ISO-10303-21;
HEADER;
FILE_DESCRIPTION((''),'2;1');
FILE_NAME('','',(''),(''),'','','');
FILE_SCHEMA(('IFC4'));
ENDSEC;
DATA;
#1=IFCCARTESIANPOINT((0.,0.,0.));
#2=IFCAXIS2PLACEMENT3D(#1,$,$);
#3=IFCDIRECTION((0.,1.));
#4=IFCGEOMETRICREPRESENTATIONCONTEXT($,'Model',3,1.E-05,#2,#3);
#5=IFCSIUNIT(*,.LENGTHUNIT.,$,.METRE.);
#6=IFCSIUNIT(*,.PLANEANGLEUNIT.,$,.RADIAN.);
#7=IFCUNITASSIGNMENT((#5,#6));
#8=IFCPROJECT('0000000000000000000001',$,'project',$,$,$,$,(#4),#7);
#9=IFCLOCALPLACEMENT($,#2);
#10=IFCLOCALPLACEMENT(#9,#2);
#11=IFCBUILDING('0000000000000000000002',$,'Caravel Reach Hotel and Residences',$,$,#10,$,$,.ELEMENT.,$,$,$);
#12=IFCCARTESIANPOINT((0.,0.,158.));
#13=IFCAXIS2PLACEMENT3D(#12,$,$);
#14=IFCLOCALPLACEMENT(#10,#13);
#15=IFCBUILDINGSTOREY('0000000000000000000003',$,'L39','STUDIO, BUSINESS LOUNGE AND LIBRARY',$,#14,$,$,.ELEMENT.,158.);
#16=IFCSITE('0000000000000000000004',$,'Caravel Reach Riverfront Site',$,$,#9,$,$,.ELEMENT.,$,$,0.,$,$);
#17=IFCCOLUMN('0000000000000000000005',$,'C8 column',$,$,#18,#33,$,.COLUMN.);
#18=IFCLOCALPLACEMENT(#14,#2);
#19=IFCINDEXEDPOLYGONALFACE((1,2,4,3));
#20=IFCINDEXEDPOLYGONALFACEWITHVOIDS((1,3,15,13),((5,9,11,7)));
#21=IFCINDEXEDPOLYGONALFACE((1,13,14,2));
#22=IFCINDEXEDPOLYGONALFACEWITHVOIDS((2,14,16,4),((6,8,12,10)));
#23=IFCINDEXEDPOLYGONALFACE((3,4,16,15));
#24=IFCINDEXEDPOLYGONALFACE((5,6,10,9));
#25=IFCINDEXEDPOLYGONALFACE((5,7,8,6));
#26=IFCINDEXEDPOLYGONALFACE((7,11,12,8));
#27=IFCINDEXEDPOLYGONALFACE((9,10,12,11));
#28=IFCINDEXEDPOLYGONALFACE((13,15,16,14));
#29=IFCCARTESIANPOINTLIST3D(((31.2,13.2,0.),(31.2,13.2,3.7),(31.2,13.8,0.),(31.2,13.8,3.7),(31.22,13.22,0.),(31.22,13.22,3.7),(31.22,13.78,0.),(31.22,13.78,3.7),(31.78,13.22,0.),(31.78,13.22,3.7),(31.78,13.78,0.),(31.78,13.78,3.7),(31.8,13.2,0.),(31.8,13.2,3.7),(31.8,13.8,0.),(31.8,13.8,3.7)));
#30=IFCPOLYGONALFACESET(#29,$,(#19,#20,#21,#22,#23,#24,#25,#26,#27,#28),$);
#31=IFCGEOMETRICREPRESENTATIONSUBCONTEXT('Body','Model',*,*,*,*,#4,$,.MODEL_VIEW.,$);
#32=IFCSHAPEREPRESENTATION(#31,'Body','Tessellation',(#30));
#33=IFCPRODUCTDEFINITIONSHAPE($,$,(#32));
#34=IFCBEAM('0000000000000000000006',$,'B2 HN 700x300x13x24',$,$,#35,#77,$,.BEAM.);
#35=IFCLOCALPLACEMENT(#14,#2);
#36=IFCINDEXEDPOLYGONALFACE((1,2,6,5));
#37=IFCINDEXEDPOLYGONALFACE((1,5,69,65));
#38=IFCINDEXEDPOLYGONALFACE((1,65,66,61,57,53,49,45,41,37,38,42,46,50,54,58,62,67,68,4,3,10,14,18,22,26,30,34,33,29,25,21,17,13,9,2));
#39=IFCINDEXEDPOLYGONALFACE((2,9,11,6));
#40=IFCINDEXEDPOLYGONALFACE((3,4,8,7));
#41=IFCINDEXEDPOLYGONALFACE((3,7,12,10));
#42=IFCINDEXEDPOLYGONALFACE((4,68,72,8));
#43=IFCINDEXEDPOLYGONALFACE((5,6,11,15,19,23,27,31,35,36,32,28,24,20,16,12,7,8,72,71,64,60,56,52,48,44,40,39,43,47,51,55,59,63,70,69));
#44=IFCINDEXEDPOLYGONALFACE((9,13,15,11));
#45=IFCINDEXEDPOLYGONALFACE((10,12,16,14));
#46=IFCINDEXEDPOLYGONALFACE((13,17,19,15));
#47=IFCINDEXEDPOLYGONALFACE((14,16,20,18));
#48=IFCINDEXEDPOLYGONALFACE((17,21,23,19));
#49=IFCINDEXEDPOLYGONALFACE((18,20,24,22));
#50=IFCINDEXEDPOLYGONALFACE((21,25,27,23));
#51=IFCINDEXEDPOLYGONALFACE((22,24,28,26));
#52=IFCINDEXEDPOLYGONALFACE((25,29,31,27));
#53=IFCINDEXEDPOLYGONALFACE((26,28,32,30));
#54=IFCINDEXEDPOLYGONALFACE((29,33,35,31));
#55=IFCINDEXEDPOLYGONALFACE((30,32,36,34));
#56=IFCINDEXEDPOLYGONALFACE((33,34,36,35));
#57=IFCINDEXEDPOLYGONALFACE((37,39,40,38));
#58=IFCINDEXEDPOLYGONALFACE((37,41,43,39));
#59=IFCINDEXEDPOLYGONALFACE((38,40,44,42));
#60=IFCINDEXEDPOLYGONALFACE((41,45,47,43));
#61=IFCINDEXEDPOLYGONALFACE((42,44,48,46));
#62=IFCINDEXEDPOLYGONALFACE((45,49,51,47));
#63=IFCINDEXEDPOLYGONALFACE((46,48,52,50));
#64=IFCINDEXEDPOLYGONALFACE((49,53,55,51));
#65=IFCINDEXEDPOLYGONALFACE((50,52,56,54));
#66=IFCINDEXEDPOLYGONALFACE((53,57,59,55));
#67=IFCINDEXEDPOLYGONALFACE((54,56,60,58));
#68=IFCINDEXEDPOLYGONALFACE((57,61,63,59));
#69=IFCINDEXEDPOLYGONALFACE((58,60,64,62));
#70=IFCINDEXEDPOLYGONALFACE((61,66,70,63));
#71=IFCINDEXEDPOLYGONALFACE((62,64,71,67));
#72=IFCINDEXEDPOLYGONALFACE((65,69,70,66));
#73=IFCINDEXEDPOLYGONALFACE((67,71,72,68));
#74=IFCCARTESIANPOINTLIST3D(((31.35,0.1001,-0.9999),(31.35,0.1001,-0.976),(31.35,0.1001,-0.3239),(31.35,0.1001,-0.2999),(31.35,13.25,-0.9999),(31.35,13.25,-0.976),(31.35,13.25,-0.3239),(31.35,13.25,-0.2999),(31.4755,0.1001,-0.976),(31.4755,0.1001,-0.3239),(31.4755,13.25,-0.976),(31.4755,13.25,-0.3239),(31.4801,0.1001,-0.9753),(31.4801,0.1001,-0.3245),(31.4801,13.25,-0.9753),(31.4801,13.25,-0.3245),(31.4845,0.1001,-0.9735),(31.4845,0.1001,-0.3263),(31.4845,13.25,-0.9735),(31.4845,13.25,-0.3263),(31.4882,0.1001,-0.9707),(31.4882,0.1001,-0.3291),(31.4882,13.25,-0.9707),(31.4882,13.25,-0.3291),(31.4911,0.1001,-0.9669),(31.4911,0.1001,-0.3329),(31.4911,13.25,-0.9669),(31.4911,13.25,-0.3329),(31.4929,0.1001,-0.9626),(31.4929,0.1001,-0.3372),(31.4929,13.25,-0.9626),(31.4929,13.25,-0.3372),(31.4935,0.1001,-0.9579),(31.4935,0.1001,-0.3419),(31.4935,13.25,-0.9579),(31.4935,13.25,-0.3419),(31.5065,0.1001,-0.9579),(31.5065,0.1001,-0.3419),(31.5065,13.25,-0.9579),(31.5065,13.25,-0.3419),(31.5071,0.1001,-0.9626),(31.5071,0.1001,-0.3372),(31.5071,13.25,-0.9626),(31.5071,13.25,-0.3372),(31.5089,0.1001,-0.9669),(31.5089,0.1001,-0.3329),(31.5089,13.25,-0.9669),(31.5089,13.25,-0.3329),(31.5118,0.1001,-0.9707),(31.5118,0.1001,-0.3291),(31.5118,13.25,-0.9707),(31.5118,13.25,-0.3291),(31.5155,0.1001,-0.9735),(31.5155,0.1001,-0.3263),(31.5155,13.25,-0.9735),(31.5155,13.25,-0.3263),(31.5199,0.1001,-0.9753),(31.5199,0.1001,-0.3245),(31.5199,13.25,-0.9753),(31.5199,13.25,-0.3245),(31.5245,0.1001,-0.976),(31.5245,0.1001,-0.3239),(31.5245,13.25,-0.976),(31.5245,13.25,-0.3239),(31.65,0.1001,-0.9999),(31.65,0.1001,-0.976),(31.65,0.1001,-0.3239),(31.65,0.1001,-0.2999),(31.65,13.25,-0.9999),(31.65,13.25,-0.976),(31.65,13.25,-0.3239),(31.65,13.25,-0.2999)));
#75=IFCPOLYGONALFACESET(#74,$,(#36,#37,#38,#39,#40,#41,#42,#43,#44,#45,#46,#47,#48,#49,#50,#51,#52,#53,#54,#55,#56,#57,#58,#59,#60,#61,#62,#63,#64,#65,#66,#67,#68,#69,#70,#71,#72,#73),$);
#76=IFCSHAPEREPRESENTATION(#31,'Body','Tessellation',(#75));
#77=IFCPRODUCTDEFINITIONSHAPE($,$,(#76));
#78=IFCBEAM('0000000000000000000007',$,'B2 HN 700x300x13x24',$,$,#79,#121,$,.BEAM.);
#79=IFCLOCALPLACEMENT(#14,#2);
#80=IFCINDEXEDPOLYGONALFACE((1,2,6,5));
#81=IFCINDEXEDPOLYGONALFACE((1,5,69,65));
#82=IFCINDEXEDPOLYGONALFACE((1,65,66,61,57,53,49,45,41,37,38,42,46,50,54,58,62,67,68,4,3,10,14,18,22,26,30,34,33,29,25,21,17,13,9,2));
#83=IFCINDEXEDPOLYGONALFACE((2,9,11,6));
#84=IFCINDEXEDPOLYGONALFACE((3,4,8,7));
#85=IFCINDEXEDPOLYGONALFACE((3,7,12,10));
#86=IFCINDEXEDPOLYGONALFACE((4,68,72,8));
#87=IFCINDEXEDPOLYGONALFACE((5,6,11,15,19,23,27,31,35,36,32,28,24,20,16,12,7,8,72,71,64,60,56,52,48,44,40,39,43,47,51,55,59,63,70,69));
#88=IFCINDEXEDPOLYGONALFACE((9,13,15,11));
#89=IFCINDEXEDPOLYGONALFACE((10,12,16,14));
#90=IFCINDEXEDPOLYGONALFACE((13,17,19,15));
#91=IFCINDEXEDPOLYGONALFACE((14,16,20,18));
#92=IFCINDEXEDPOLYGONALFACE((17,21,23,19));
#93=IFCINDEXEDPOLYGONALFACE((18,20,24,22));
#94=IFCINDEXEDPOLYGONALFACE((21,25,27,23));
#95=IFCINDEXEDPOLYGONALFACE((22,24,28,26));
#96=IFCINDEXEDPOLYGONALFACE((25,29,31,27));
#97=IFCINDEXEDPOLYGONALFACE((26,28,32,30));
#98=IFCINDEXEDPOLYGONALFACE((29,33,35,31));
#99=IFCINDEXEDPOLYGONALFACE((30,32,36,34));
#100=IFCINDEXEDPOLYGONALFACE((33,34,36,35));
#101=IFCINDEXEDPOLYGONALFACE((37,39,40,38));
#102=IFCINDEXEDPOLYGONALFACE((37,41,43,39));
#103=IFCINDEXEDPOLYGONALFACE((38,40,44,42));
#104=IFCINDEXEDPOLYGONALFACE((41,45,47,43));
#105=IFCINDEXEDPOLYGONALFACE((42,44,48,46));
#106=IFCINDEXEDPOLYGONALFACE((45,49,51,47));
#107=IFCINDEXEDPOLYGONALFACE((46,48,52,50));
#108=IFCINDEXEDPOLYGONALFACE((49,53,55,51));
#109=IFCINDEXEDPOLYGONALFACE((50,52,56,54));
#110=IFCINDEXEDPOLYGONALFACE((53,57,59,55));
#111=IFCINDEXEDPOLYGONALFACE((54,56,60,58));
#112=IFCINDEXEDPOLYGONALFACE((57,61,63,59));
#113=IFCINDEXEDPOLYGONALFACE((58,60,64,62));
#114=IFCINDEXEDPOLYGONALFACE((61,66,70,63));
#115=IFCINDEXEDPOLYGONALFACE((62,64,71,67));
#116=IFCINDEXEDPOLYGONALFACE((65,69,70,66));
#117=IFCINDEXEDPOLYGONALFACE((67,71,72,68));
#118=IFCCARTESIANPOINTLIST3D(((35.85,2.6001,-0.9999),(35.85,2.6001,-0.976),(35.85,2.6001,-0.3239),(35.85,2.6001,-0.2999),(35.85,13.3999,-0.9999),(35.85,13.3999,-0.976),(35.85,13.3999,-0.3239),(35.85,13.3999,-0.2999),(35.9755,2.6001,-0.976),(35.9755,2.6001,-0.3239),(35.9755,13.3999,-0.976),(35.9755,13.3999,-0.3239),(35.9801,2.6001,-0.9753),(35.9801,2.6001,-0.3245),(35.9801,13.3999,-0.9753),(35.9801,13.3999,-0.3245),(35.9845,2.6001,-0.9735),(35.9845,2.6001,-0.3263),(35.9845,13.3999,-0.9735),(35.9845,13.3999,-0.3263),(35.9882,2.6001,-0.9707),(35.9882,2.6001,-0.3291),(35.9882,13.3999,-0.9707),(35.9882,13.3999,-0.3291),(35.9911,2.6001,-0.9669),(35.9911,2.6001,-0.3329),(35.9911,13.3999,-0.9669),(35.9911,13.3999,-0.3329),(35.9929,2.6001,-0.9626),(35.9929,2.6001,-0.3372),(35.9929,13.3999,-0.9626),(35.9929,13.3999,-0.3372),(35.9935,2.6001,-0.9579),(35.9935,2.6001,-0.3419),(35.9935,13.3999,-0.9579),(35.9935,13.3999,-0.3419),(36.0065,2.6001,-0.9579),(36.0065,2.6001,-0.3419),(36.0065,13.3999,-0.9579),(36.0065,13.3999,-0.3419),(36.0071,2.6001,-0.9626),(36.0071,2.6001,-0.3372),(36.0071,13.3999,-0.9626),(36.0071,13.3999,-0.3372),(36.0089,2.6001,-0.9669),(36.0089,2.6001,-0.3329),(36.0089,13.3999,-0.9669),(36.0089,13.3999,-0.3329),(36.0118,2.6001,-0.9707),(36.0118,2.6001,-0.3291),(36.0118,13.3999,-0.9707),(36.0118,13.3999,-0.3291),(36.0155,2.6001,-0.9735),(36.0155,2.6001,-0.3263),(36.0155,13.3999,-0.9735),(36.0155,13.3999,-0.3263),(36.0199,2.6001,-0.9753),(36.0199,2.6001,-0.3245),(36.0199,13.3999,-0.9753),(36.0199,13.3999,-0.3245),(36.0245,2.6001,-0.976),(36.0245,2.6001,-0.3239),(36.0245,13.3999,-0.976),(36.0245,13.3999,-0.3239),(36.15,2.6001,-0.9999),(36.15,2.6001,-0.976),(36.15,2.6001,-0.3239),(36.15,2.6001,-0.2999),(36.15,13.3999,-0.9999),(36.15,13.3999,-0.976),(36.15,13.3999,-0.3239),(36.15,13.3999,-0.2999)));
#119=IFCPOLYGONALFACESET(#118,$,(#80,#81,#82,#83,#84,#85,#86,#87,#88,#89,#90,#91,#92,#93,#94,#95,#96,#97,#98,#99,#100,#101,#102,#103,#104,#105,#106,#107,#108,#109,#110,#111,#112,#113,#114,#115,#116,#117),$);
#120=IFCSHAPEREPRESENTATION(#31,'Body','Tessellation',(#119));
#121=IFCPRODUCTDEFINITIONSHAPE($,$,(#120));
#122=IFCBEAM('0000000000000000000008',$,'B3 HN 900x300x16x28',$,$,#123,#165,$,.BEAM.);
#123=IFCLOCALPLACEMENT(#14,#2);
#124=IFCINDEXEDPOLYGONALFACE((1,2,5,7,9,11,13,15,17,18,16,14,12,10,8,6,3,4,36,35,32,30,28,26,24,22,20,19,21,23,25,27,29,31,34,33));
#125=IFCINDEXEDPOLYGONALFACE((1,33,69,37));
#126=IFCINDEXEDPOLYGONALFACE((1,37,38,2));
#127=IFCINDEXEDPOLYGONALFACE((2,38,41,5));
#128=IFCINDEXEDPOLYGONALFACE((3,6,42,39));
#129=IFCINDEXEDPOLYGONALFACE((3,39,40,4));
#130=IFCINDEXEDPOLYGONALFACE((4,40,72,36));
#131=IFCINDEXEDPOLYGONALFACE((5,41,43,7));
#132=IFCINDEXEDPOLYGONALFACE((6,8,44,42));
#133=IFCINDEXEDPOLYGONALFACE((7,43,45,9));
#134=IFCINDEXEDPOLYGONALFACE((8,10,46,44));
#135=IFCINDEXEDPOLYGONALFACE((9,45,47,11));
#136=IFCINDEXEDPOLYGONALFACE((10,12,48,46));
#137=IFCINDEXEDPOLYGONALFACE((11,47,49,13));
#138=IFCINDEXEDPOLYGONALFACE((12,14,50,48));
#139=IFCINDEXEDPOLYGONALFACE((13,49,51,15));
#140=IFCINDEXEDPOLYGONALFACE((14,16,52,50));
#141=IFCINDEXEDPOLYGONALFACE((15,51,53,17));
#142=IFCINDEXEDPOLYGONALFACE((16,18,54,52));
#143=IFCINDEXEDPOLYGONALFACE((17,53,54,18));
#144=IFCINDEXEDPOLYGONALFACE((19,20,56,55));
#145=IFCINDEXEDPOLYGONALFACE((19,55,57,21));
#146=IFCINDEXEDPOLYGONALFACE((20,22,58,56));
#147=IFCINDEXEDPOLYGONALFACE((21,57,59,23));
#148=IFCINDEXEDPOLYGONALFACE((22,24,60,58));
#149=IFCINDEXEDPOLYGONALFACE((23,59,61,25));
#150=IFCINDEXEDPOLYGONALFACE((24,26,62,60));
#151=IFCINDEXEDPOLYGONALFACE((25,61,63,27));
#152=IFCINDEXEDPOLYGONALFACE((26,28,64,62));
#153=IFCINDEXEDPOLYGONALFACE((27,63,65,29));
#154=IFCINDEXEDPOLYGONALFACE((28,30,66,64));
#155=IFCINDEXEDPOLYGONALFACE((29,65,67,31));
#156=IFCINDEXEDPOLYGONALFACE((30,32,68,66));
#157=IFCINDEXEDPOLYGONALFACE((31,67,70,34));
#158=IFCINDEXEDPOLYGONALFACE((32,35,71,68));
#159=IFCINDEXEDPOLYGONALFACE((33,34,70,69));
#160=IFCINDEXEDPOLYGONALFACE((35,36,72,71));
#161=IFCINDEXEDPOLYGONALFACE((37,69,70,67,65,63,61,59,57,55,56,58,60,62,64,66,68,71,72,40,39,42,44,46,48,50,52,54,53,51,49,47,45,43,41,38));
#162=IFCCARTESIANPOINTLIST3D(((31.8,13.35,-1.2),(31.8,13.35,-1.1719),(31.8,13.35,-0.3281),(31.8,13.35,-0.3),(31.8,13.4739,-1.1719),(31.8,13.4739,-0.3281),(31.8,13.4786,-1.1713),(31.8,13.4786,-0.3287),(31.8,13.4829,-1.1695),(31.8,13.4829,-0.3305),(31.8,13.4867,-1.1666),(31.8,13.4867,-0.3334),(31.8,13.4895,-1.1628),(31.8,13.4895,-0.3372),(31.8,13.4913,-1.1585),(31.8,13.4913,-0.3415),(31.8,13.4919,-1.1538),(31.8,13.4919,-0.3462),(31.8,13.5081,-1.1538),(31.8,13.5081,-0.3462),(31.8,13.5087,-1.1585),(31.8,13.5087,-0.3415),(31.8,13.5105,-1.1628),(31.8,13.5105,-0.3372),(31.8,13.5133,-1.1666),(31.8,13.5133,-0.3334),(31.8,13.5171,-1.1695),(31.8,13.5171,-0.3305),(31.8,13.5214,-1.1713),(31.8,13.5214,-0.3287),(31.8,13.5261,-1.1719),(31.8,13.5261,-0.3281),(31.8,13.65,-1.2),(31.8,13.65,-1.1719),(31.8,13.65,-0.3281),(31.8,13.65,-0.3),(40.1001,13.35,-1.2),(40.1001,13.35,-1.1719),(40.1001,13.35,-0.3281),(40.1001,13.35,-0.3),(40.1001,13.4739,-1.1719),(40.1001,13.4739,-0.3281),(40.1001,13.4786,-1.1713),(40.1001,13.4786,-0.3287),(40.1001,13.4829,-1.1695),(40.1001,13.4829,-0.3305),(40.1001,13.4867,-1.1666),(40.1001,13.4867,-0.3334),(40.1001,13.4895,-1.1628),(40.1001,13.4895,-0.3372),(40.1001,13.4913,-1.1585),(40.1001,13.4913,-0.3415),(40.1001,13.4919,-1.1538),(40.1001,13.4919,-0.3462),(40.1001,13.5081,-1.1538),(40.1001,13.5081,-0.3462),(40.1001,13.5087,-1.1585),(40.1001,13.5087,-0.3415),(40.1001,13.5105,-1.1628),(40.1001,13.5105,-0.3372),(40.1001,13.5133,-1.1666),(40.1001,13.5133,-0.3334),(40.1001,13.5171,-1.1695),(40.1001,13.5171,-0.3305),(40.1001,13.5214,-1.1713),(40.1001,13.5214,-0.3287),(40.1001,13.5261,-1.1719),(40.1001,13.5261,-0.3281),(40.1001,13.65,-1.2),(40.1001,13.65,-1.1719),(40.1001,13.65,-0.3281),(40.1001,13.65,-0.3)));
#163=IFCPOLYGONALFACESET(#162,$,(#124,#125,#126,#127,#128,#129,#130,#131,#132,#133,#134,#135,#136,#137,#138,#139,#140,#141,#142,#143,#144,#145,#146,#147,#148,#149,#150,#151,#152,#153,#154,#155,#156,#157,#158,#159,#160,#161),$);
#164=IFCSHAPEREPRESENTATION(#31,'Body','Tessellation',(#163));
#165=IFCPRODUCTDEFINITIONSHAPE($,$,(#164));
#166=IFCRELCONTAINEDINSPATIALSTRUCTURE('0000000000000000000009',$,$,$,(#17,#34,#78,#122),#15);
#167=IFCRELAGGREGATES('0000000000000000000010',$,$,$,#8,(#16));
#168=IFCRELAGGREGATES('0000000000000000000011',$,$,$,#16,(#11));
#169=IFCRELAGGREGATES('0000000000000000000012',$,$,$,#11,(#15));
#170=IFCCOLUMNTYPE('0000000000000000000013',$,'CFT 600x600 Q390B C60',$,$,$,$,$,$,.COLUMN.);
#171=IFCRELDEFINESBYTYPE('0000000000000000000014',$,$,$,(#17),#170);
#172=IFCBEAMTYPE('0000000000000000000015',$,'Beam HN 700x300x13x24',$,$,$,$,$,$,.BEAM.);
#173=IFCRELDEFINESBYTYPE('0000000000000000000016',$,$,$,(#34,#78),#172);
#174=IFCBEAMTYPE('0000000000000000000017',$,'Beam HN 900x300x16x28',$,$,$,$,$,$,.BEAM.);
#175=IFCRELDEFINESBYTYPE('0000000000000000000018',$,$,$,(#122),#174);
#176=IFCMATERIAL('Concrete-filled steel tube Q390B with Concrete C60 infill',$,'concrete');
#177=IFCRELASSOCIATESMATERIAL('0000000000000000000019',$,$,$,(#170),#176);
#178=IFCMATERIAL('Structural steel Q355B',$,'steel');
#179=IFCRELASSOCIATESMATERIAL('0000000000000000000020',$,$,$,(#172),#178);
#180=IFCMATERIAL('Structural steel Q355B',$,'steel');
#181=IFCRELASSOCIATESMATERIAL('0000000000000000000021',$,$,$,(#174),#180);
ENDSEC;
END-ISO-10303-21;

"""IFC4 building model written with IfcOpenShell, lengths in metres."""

from ifc_helpers import new_model, si_unit, direction, frame, origin, origin_2d, place, context, subcontext, project, spatial, hollow_rectangle, i_section, extrude, material, material_profile, profile_set, type_object, element, save


model = new_model("IFC4")

# Units and contexts
model_context = context("Model", 3, precision=1e-05, world=origin(), true_north=direction((0.0, 1.0)))
body_context = subcontext(model_context, "Body", "Model", "MODEL_VIEW")
ifc_project = project(units=[si_unit("LENGTHUNIT", "METRE"), si_unit("PLANEANGLEUNIT", "RADIAN")], contexts=[model_context])

# Site, building, storey
site_placement = place(None, origin())
site = spatial("IfcSite", under=ifc_project, at=site_placement, Name="Caravel Reach Riverfront Site", CompositionType="ELEMENT", RefElevation=0.0)
building_placement = place(site_placement, origin())
building = spatial("IfcBuilding", under=site, at=building_placement, Name="Caravel Reach Hotel and Residences", CompositionType="ELEMENT")
storey_placement = place(building_placement, frame((0.0, 0.0, 158.0)))
storey = spatial("IfcBuildingStorey", under=building, at=storey_placement, Name="L39", Description="STUDIO, BUSINESS LOUNGE AND LIBRARY", CompositionType="ELEMENT", Elevation=158.0)

# Column
ifc_material_1 = material(Name="Concrete-filled steel tube Q390B with Concrete C60 infill", Category="concrete")
ifc_material_profile_1 = material_profile(ifc_material_1, hollow_rectangle(XDim=0.6001, YDim=0.6001, WallThickness=0.02, at=origin_2d()), Name="RHS 600x600x20")
ifc_profile_set_1 = profile_set([ifc_material_profile_1], Name="Concrete-filled steel tube Q390B with Concrete C60 infill")
column_type = type_object("IfcColumnType", Name="CFT 600x600 Q390B C60", PredefinedType="COLUMN", material=ifc_profile_set_1)
column_placement = place(storey_placement, frame((31.5, 13.5, 0.0), z_axis=(0.0, 0.0, 1.0), x_axis=(1.0, 0.0, 0.0)))
element("IfcColumn", 1, at=column_placement, inside=storey, type_object=column_type, Name="C8 column", PredefinedType="COLUMN", context=body_context, shape_type="SweptSolid", body=[
    extrude(hollow_rectangle(XDim=0.6001, YDim=0.6001, WallThickness=0.02, at=origin_2d()), origin(), (0.0, 0.0, 1.0), 3.7),
])

# Beams
ifc_material_2 = material(Name="Structural steel Q355B", Category="steel")
ifc_material_profile_2 = material_profile(ifc_material_2, i_section(OverallWidth=0.3, OverallDepth=0.7, WebThickness=0.0129, FlangeThickness=0.0239, FilletRadius=0.0181, at=origin_2d()), Name="HN 700x300x13x24")
ifc_profile_set_2 = profile_set([ifc_material_profile_2], Name="Structural steel Q355B")
beam_type_1 = type_object("IfcBeamType", Name="Beam HN 700x300x13x24", PredefinedType="BEAM", material=ifc_profile_set_2)
beam_1_placement = place(storey_placement, frame((31.5, 13.25, -0.6499), z_axis=(0.0, -1.0, 0.0), x_axis=(1.0, 0.0, 0.0)))
element("IfcBeam", 2, at=beam_1_placement, inside=storey, type_object=beam_type_1, Name="B2 HN 700x300x13x24", PredefinedType="BEAM", context=body_context, shape_type="SweptSolid", body=[
    extrude(i_section(OverallWidth=0.3, OverallDepth=0.7, WebThickness=0.0129, FlangeThickness=0.0239, FilletRadius=0.0181, at=origin_2d()), origin(), (0.0, 0.0, 1.0), 13.1499),
])
beam_2_placement = place(storey_placement, frame((36.0, 13.3999, -0.6499), z_axis=(0.0, -1.0, 0.0), x_axis=(1.0, 0.0, 0.0)))
element("IfcBeam", 3, at=beam_2_placement, inside=storey, type_object=beam_type_1, Name="B2 HN 700x300x13x24", PredefinedType="BEAM", context=body_context, shape_type="SweptSolid", body=[
    extrude(i_section(OverallWidth=0.3, OverallDepth=0.7, WebThickness=0.0129, FlangeThickness=0.0239, FilletRadius=0.0181, at=origin_2d()), origin(), (0.0, 0.0, 1.0), 10.7998),
])
ifc_material_3 = material(Name="Structural steel Q355B", Category="steel")
ifc_material_profile_3 = material_profile(ifc_material_3, i_section(OverallWidth=0.3, OverallDepth=0.8999, WebThickness=0.0161, FlangeThickness=0.0281, FilletRadius=0.0181, at=origin_2d()), Name="HN 900x300x16x28")
ifc_profile_set_3 = profile_set([ifc_material_profile_3], Name="Structural steel Q355B")
beam_type_2 = type_object("IfcBeamType", Name="Beam HN 900x300x16x28", PredefinedType="BEAM", material=ifc_profile_set_3)
beam_3_placement = place(storey_placement, frame((31.8, 13.5, -0.75), z_axis=(1.0, 0.0, 0.0), x_axis=(0.0, 1.0, 0.0)))
element("IfcBeam", 4, at=beam_3_placement, inside=storey, type_object=beam_type_2, Name="B3 HN 900x300x16x28", PredefinedType="BEAM", context=body_context, shape_type="SweptSolid", body=[
    extrude(i_section(OverallWidth=0.3, OverallDepth=0.8999, WebThickness=0.0161, FlangeThickness=0.0281, FilletRadius=0.0181, at=origin_2d()), origin(), (0.0, 0.0, 1.0), 8.3),
])

save(model, "model.ifc")
